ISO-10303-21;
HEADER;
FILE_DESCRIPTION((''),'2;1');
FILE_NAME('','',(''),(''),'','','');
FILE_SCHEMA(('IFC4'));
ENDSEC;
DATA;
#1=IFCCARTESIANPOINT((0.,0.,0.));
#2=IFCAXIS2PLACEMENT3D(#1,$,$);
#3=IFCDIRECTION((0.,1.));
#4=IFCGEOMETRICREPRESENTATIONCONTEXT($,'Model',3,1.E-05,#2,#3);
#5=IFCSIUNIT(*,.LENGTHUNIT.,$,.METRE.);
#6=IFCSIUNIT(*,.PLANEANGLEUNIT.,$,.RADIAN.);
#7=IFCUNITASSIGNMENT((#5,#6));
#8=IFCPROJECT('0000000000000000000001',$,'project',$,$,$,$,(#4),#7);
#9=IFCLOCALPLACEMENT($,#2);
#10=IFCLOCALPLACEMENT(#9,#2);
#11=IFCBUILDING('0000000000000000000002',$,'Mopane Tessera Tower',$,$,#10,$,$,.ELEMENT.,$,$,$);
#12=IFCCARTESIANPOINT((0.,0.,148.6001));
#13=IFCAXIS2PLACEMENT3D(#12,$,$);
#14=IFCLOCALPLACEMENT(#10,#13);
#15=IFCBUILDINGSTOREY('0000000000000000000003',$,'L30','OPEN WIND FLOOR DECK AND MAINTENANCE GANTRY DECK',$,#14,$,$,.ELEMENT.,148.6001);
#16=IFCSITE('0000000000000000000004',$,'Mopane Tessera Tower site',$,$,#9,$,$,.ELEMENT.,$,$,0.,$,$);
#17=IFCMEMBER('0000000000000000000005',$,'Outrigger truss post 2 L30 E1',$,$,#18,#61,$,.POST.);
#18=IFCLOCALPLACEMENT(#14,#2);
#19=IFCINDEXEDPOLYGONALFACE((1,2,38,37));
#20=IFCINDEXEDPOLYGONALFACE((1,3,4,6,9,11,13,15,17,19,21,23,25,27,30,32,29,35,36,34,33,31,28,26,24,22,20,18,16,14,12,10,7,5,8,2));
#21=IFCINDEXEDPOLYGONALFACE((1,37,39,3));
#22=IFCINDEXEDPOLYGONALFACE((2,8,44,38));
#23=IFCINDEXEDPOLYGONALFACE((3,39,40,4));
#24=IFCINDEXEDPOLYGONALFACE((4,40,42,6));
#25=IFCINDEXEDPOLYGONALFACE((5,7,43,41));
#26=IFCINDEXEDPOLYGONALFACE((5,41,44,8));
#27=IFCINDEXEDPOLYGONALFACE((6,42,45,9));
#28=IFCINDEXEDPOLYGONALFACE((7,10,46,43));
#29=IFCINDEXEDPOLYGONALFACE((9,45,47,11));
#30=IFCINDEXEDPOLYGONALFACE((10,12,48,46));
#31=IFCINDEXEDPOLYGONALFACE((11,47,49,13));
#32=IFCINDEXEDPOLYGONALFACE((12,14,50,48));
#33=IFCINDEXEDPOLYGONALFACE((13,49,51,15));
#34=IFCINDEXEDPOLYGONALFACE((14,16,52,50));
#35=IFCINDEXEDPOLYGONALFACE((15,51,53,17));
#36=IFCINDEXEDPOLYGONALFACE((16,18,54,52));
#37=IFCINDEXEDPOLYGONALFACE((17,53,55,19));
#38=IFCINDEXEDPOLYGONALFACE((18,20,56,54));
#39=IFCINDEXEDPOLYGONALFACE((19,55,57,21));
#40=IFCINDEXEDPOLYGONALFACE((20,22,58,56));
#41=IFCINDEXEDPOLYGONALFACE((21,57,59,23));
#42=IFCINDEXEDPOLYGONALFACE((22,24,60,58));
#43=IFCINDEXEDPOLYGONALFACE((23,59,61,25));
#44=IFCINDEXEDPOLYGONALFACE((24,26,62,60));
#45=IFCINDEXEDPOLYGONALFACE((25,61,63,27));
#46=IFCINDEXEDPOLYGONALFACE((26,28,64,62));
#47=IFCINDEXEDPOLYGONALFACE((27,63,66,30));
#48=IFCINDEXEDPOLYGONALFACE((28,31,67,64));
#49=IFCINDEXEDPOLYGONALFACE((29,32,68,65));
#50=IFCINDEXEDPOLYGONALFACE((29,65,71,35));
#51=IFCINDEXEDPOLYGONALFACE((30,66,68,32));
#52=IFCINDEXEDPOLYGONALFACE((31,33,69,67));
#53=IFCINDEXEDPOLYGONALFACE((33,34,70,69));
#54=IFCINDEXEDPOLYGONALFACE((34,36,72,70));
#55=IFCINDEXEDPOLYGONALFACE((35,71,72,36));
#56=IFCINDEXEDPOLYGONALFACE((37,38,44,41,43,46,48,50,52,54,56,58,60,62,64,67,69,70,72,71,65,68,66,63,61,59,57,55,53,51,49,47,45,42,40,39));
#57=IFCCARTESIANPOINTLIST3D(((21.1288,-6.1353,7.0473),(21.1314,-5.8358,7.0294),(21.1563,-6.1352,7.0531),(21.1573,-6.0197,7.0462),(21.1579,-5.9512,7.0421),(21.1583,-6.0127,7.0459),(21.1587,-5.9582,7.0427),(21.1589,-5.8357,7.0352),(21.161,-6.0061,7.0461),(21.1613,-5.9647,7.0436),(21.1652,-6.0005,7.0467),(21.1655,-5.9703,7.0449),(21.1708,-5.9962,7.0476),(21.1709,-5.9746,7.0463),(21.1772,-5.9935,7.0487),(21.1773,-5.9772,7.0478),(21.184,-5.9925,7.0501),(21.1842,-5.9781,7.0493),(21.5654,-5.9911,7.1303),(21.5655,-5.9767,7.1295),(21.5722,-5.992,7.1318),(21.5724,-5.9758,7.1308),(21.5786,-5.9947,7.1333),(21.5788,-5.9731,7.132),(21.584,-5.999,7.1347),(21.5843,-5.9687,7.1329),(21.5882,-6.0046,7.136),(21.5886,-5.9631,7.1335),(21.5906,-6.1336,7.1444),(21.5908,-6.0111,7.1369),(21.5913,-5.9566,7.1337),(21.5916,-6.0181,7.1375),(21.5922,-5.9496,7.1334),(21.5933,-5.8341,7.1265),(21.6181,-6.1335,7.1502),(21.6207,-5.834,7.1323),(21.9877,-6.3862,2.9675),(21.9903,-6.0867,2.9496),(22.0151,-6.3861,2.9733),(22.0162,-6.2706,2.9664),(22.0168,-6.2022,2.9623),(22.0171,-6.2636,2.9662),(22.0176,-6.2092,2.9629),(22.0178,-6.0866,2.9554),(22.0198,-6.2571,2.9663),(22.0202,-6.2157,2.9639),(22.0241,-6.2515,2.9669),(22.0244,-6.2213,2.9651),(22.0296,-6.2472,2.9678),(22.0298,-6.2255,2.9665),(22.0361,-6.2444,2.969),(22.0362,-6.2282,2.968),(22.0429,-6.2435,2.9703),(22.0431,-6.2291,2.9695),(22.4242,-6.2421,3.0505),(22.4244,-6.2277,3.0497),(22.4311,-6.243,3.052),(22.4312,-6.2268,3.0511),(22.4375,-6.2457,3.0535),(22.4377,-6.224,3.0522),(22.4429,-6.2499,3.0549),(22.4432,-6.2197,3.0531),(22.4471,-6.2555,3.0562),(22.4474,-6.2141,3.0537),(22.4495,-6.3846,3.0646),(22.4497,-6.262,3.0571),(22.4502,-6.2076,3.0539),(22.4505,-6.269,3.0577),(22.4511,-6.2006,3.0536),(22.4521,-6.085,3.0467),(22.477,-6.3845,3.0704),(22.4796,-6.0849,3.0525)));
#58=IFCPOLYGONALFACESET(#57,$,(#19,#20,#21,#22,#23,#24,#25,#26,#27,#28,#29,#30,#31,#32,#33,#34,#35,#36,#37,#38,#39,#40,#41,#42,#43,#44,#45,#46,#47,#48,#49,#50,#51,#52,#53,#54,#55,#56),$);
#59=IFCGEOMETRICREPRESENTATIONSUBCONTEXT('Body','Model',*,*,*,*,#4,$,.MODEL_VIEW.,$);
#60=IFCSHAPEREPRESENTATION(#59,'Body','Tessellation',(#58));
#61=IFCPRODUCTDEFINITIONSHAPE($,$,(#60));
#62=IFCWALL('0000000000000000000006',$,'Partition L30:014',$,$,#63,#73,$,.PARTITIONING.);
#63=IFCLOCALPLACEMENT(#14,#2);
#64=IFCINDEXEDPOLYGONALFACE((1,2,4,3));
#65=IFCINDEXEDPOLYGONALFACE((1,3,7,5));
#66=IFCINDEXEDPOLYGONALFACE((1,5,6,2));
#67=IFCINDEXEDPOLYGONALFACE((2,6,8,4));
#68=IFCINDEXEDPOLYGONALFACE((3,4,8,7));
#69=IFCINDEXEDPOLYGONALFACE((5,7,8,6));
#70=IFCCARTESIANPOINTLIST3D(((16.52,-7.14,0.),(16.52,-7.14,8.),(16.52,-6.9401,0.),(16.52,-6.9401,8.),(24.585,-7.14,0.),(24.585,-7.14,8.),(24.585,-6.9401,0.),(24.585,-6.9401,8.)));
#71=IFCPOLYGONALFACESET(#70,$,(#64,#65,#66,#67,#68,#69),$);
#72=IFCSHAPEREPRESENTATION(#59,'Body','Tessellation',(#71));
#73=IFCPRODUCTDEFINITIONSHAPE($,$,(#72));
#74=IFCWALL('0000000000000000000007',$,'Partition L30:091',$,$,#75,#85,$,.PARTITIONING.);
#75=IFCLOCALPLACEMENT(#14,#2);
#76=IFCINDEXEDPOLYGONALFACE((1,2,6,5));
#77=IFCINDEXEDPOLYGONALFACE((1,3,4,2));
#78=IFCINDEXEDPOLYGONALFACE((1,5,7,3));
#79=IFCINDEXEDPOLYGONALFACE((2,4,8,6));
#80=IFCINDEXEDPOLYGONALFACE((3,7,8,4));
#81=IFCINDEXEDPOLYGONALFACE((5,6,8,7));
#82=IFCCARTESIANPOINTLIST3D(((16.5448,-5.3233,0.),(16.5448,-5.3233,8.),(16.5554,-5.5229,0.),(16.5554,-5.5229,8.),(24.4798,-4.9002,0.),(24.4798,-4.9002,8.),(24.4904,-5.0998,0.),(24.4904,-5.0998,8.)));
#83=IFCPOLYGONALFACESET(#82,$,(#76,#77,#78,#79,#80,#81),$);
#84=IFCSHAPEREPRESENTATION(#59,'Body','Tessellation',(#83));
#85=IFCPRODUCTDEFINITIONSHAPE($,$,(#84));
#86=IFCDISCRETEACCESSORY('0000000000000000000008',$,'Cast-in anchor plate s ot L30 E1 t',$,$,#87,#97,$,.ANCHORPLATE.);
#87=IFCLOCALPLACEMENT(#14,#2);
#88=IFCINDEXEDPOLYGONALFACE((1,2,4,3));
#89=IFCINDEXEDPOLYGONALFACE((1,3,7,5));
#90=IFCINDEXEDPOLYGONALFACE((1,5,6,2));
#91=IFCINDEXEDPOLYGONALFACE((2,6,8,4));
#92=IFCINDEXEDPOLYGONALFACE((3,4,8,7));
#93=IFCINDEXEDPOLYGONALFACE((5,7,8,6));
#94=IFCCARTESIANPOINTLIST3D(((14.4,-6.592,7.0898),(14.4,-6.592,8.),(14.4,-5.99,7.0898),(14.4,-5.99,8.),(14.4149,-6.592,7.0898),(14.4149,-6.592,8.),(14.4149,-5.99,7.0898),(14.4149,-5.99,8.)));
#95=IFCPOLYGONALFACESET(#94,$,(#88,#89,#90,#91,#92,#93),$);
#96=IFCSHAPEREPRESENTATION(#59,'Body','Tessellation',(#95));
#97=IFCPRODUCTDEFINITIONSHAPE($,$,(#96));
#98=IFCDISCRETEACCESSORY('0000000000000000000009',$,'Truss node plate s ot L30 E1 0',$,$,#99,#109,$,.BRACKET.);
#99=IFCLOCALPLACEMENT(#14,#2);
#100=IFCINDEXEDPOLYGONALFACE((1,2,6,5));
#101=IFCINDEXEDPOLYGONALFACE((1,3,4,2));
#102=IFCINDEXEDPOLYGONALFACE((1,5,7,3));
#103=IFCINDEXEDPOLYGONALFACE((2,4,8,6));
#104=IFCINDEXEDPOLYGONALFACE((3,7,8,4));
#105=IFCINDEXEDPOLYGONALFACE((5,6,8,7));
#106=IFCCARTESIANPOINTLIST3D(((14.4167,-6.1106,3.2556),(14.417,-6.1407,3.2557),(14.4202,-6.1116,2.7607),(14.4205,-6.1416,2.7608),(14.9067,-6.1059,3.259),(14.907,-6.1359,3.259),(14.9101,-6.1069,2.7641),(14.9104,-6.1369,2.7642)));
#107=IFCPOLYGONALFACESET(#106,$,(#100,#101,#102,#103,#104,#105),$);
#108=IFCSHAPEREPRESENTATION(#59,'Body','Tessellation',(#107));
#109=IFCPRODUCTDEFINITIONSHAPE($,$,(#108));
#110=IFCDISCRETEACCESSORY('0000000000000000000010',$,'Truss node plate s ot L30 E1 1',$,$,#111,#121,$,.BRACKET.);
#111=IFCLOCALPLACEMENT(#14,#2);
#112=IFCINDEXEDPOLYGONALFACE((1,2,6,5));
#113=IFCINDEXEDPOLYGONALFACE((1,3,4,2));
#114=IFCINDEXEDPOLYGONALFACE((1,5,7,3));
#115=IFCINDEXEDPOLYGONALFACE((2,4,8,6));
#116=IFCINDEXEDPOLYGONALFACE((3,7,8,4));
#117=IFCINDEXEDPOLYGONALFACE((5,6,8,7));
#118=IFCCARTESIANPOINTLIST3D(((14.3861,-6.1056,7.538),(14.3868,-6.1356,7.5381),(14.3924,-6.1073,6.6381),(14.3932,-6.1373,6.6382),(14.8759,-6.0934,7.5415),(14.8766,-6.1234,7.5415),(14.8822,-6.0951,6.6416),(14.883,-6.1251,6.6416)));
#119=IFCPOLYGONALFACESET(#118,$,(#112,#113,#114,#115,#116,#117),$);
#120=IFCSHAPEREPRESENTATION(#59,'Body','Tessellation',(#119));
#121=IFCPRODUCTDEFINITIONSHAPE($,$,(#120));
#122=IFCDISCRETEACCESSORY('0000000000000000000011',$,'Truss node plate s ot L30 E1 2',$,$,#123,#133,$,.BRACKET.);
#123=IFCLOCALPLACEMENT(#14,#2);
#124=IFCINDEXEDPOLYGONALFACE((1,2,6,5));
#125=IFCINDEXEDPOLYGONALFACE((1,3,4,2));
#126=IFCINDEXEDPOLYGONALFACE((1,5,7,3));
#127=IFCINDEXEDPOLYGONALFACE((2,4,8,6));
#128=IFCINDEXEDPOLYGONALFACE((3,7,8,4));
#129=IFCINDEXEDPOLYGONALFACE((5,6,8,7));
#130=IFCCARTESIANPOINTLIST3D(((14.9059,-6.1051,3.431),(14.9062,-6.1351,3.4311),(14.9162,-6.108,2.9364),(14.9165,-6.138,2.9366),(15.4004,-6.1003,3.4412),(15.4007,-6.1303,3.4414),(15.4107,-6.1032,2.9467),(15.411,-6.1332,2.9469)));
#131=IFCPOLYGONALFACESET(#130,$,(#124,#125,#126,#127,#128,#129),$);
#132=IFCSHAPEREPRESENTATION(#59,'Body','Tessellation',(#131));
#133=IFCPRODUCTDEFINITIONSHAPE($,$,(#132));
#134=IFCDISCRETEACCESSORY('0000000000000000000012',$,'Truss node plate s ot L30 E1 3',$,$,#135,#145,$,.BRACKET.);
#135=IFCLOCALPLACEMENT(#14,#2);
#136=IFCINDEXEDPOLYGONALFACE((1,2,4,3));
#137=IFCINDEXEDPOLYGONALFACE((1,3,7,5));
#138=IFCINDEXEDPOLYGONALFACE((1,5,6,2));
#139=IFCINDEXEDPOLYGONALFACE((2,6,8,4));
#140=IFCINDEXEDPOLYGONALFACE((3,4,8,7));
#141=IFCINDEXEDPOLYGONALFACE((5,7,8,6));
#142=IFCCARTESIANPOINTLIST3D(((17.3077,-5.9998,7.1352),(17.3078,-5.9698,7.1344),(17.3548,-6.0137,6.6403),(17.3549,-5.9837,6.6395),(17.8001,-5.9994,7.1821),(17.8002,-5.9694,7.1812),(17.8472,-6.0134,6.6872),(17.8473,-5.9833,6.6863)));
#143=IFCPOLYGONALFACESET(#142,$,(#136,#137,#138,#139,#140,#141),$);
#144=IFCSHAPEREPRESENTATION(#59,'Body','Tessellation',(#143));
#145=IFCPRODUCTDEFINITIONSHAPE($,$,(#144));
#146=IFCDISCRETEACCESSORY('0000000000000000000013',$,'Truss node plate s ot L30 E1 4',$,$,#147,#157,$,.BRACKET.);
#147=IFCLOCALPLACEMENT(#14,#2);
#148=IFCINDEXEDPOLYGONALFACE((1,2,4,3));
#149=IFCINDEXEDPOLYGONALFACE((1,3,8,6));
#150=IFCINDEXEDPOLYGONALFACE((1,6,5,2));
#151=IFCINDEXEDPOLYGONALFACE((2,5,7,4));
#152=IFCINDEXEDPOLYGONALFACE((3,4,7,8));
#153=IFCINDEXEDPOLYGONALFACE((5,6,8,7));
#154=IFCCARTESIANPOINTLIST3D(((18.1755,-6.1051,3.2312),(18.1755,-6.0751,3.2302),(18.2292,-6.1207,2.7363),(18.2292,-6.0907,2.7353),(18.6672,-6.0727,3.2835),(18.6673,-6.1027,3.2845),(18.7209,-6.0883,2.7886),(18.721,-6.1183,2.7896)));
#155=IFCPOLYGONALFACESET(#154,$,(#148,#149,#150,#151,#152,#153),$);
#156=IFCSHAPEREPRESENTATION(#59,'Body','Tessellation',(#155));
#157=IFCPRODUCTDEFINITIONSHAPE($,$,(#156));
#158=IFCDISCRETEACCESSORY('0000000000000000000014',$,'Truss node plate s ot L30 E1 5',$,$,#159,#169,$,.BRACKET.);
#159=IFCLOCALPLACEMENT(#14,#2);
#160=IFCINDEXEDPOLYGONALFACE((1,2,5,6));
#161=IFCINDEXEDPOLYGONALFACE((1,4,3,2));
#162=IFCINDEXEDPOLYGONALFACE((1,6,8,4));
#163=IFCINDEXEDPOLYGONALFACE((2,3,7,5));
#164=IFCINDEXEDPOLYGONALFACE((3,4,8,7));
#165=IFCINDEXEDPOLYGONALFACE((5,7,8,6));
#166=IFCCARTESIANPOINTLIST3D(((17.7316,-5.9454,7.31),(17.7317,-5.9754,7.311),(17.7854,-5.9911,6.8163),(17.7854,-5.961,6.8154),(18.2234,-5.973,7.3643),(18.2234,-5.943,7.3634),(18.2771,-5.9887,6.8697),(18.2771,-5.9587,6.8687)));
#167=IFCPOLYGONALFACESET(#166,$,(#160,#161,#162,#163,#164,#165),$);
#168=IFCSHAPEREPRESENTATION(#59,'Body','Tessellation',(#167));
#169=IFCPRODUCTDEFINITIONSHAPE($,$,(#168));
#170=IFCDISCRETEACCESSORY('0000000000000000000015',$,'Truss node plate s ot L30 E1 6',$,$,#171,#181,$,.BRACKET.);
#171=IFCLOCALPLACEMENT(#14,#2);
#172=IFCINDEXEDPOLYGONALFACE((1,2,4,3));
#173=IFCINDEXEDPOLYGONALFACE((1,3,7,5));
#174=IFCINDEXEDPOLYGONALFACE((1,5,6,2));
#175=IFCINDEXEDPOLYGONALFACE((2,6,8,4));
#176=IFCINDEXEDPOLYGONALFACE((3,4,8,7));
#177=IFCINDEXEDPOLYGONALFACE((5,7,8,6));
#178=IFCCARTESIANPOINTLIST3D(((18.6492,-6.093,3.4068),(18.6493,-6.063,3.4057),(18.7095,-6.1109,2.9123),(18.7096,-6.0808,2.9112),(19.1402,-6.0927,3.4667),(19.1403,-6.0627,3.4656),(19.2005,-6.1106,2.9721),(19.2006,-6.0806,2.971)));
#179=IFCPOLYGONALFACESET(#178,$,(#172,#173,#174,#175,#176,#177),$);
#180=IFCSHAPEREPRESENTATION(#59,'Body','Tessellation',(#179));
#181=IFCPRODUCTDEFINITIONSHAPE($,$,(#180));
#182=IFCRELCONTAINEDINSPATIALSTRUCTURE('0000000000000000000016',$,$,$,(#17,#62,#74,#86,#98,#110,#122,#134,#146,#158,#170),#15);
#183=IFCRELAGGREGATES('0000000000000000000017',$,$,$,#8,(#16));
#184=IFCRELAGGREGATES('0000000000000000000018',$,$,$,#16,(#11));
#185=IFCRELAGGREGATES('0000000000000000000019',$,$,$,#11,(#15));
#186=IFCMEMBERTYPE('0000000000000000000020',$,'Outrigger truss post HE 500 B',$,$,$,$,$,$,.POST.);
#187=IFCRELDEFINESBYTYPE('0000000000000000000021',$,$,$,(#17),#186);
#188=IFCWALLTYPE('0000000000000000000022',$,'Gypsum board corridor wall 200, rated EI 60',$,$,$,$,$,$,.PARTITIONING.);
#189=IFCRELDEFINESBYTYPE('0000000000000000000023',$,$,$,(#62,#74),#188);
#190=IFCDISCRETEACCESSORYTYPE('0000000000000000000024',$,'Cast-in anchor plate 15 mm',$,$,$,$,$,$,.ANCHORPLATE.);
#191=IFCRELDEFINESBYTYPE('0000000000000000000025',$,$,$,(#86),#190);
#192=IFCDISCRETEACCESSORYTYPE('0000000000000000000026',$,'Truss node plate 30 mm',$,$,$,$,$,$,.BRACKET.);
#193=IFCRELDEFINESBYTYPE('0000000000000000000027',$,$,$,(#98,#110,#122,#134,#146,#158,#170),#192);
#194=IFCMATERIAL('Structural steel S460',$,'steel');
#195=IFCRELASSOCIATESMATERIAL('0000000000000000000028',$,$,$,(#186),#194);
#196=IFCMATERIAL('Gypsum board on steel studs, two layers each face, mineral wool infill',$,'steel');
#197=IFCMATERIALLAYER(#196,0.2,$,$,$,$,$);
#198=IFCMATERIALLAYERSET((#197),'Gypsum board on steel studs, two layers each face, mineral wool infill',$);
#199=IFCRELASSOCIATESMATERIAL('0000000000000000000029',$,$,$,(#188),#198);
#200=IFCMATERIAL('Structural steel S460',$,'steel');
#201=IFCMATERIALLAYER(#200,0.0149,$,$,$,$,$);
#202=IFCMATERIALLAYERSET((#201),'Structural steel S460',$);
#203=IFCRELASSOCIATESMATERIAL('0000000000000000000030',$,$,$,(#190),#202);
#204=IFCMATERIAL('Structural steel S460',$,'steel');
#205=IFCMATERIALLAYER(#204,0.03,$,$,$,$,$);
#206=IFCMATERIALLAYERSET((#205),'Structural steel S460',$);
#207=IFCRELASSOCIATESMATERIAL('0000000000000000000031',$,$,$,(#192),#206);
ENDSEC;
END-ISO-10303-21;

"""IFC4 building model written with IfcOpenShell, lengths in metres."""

from ifc_helpers import new_model, si_unit, direction, frame, frame_2d, origin, origin_2d, place, context, subcontext, project, spatial, rectangle, i_section, extrude, material, layer, layer_set, material_profile, profile_set, type_object, element, save


model = new_model("IFC4")

# Units and contexts
model_context = context("Model", 3, precision=1e-05, world=origin(), true_north=direction((0.0, 1.0)))
body_context = subcontext(model_context, "Body", "Model", "MODEL_VIEW")
ifc_project = project(units=[si_unit("LENGTHUNIT", "METRE"), si_unit("PLANEANGLEUNIT", "RADIAN")], contexts=[model_context])

# Site, building, storey
site_placement = place(None, origin())
site = spatial("IfcSite", under=ifc_project, at=site_placement, Name="Mopane Tessera Tower site", CompositionType="ELEMENT", RefElevation=0.0)
building_placement = place(site_placement, origin())
building = spatial("IfcBuilding", under=site, at=building_placement, Name="Mopane Tessera Tower", CompositionType="ELEMENT")
storey_placement = place(building_placement, frame((0.0, 0.0, 148.6001)))
storey = spatial("IfcBuildingStorey", under=building, at=storey_placement, Name="L30", Description="OPEN WIND FLOOR DECK AND MAINTENANCE GANTRY DECK", CompositionType="ELEMENT", Elevation=148.6001)

# Member
ifc_material_1 = material(Name="Structural steel S460", Category="steel")
ifc_material_profile_1 = material_profile(ifc_material_1, i_section(OverallWidth=0.3, OverallDepth=0.5, WebThickness=0.0144, FlangeThickness=0.0281, FilletRadius=0.0271, at=origin_2d()))
ifc_profile_set_1 = profile_set([ifc_material_profile_1], Name="Structural steel S460")
member_type_1 = type_object("IfcMemberType", Name="Outrigger truss post HE 500 B", PredefinedType="POST", material=ifc_profile_set_1)
member_1_placement = place(storey_placement, frame((22.2336, -6.2356, 3.01), z_axis=(-0.205632, 0.060088, 0.976783), x_axis=(0.008858, 0.998187, -0.05954)))
element("IfcMember", 1, at=member_1_placement, inside=storey, type_object=member_type_1, Name="Outrigger truss post 2 L30 E1", PredefinedType="POST", context=body_context, shape_type="SweptSolid", body=[
    extrude(i_section(OverallWidth=0.3, OverallDepth=0.5, WebThickness=0.0144, FlangeThickness=0.0281, FilletRadius=0.0271, at=origin_2d()), origin(), (0.0, 0.0, 1.0), 4.1768),
])

# Walls
ifc_material_2 = material(Name="Gypsum board on steel studs, two layers each face, mineral wool infill", Category="steel")
ifc_layer_1 = layer(ifc_material_2, 0.2)
ifc_layer_set_1 = layer_set([ifc_layer_1], Name="Gypsum board on steel studs, two layers each face, mineral wool infill")
wall_type = type_object("IfcWallType", Name="Gypsum board corridor wall 200, rated EI 60", PredefinedType="PARTITIONING", material=ifc_layer_set_1)
wall_1_placement = place(storey_placement, frame((16.52, -7.04, 0.0), z_axis=(0.0, 0.0, 1.0), x_axis=(1.0, 0.0, 0.0)))
element("IfcWall", 2, at=wall_1_placement, inside=storey, type_object=wall_type, Name="Partition L30:014", PredefinedType="PARTITIONING", context=body_context, shape_type="SweptSolid", body=[
    extrude(rectangle(XDim=8.0649, YDim=0.2, at=frame_2d((4.0325, 0.0))), origin(), (0.0, 0.0, 1.0), 8.0),
])
wall_2_placement = place(storey_placement, frame((24.4851, -5.0, 0.0), z_axis=(0.0, 0.0, 1.0), x_axis=(-0.998582, -0.053244, 0.0)))
element("IfcWall", 3, at=wall_2_placement, inside=storey, type_object=wall_type, Name="Partition L30:091", PredefinedType="PARTITIONING", context=body_context, shape_type="SweptSolid", body=[
    extrude(rectangle(XDim=7.9463, YDim=0.2, at=frame_2d((3.9731, 0.0))), origin(), (0.0, 0.0, 1.0), 8.0),
])

# Discrete accessories
ifc_material_3 = material(Name="Structural steel S460", Category="steel")
ifc_layer_2 = layer(ifc_material_3, 0.0149)
ifc_layer_set_2 = layer_set([ifc_layer_2], Name="Structural steel S460")
discrete_accessory_type_1 = type_object("IfcDiscreteAccessoryType", Name="Cast-in anchor plate 15 mm", PredefinedType="ANCHORPLATE", material=ifc_layer_set_2)
discrete_accessory_1_placement = place(storey_placement, frame((14.4075, -6.291, 7.0898), z_axis=(0.0, 0.0, 1.0), x_axis=(1.0, 0.0, 0.0)))
element("IfcDiscreteAccessory", 4, at=discrete_accessory_1_placement, inside=storey, type_object=discrete_accessory_type_1, Name="Cast-in anchor plate s ot L30 E1 t", PredefinedType="ANCHORPLATE", context=body_context, shape_type="SweptSolid", body=[
    extrude(rectangle(XDim=0.0149, YDim=0.6021, at=origin_2d()), origin(), (0.0, 0.0, 1.0), 0.9102),
])
ifc_material_4 = material(Name="Structural steel S460", Category="steel")
ifc_layer_3 = layer(ifc_material_4, 0.03)
ifc_layer_set_3 = layer_set([ifc_layer_3], Name="Structural steel S460")
discrete_accessory_type_2 = type_object("IfcDiscreteAccessoryType", Name="Truss node plate 30 mm", PredefinedType="BRACKET", material=ifc_layer_set_3)
discrete_accessory_2_placement = place(storey_placement, frame((14.6653, -6.1243, 2.7625), z_axis=(-0.006907, 0.001973, 0.999974), x_axis=(-0.009649, 0.999951, -0.00204)))
element("IfcDiscreteAccessory", 5, at=discrete_accessory_2_placement, inside=storey, type_object=discrete_accessory_type_2, Name="Truss node plate s ot L30 E1 0", PredefinedType="BRACKET", context=body_context, shape_type="SweptSolid", body=[
    extrude(rectangle(XDim=0.03, YDim=0.49, at=origin_2d()), origin(), (0.0, 0.0, 1.0), 0.4949),
])
discrete_accessory_3_placement = place(storey_placement, frame((14.6377, -6.1162, 6.6399), z_axis=(-0.007054, 0.001899, 0.999973), x_axis=(-0.024951, 0.999687, -0.002074)))
element("IfcDiscreteAccessory", 6, at=discrete_accessory_3_placement, inside=storey, type_object=discrete_accessory_type_2, Name="Truss node plate s ot L30 E1 1", PredefinedType="BRACKET", context=body_context, shape_type="SweptSolid", body=[
    extrude(rectangle(XDim=0.03, YDim=0.49, at=origin_2d()), origin(), (0.0, 0.0, 1.0), 0.8999),
])
discrete_accessory_4_placement = place(storey_placement, frame((15.1636, -6.1206, 2.9417), z_axis=(-0.020726, 0.005922, 0.999768), x_axis=(-0.009538, 0.999936, -0.00612)))
element("IfcDiscreteAccessory", 7, at=discrete_accessory_4_placement, inside=storey, type_object=discrete_accessory_type_2, Name="Truss node plate s ot L30 E1 2", PredefinedType="BRACKET", context=body_context, shape_type="SweptSolid", body=[
    extrude(rectangle(XDim=0.03, YDim=0.4946, at=origin_2d()), origin(), (0.0, 0.0, 1.0), 0.4946),
])
discrete_accessory_5_placement = place(storey_placement, frame((17.6011, -5.9985, 6.6633), z_axis=(-0.094749, 0.027983, 0.995108), x_axis=(0.001872, 0.999608, -0.027931)))
element("IfcDiscreteAccessory", 8, at=discrete_accessory_5_placement, inside=storey, type_object=discrete_accessory_type_2, Name="Truss node plate s ot L30 E1 3", PredefinedType="BRACKET", context=body_context, shape_type="SweptSolid", body=[
    extrude(rectangle(XDim=0.03, YDim=0.4946, at=origin_2d()), origin(), (0.0, 0.0, 1.0), 0.4973),
])
discrete_accessory_6_placement = place(storey_placement, frame((18.4751, -6.1045, 2.7625), z_axis=(-0.107848, 0.031374, 0.993672), x_axis=(-0.001419, 0.999496, -0.031712)))
element("IfcDiscreteAccessory", 9, at=discrete_accessory_6_placement, inside=storey, type_object=discrete_accessory_type_2, Name="Truss node plate s ot L30 E1 4", PredefinedType="BRACKET", context=body_context, shape_type="SweptSolid", body=[
    extrude(rectangle(XDim=0.03, YDim=0.4946, at=origin_2d()), origin(), (0.0, 0.0, 1.0), 0.498),
])
discrete_accessory_7_placement = place(storey_placement, frame((18.0312, -5.9749, 6.8425), z_axis=(-0.107901, 0.031389, 0.993666), x_axis=(-0.001417, 0.999496, -0.031727)))
element("IfcDiscreteAccessory", 10, at=discrete_accessory_7_placement, inside=storey, type_object=discrete_accessory_type_2, Name="Truss node plate s ot L30 E1 5", PredefinedType="BRACKET", context=body_context, shape_type="SweptSolid", body=[
    extrude(rectangle(XDim=0.03, YDim=0.4946, at=origin_2d()), origin(), (0.0, 0.0, 1.0), 0.4978),
])
discrete_accessory_8_placement = place(storey_placement, frame((18.9551, -6.0957, 2.9417), z_axis=(-0.120942, 0.035744, 0.992016), x_axis=(0.003743, 0.999361, -0.035552)))
element("IfcDiscreteAccessory", 11, at=discrete_accessory_8_placement, inside=storey, type_object=discrete_accessory_type_2, Name="Truss node plate s ot L30 E1 6", PredefinedType="BRACKET", context=body_context, shape_type="SweptSolid", body=[
    extrude(rectangle(XDim=0.03, YDim=0.4946, at=origin_2d()), origin(), (0.0, 0.0, 1.0), 0.4985),
])

save(model, "model.ifc")
